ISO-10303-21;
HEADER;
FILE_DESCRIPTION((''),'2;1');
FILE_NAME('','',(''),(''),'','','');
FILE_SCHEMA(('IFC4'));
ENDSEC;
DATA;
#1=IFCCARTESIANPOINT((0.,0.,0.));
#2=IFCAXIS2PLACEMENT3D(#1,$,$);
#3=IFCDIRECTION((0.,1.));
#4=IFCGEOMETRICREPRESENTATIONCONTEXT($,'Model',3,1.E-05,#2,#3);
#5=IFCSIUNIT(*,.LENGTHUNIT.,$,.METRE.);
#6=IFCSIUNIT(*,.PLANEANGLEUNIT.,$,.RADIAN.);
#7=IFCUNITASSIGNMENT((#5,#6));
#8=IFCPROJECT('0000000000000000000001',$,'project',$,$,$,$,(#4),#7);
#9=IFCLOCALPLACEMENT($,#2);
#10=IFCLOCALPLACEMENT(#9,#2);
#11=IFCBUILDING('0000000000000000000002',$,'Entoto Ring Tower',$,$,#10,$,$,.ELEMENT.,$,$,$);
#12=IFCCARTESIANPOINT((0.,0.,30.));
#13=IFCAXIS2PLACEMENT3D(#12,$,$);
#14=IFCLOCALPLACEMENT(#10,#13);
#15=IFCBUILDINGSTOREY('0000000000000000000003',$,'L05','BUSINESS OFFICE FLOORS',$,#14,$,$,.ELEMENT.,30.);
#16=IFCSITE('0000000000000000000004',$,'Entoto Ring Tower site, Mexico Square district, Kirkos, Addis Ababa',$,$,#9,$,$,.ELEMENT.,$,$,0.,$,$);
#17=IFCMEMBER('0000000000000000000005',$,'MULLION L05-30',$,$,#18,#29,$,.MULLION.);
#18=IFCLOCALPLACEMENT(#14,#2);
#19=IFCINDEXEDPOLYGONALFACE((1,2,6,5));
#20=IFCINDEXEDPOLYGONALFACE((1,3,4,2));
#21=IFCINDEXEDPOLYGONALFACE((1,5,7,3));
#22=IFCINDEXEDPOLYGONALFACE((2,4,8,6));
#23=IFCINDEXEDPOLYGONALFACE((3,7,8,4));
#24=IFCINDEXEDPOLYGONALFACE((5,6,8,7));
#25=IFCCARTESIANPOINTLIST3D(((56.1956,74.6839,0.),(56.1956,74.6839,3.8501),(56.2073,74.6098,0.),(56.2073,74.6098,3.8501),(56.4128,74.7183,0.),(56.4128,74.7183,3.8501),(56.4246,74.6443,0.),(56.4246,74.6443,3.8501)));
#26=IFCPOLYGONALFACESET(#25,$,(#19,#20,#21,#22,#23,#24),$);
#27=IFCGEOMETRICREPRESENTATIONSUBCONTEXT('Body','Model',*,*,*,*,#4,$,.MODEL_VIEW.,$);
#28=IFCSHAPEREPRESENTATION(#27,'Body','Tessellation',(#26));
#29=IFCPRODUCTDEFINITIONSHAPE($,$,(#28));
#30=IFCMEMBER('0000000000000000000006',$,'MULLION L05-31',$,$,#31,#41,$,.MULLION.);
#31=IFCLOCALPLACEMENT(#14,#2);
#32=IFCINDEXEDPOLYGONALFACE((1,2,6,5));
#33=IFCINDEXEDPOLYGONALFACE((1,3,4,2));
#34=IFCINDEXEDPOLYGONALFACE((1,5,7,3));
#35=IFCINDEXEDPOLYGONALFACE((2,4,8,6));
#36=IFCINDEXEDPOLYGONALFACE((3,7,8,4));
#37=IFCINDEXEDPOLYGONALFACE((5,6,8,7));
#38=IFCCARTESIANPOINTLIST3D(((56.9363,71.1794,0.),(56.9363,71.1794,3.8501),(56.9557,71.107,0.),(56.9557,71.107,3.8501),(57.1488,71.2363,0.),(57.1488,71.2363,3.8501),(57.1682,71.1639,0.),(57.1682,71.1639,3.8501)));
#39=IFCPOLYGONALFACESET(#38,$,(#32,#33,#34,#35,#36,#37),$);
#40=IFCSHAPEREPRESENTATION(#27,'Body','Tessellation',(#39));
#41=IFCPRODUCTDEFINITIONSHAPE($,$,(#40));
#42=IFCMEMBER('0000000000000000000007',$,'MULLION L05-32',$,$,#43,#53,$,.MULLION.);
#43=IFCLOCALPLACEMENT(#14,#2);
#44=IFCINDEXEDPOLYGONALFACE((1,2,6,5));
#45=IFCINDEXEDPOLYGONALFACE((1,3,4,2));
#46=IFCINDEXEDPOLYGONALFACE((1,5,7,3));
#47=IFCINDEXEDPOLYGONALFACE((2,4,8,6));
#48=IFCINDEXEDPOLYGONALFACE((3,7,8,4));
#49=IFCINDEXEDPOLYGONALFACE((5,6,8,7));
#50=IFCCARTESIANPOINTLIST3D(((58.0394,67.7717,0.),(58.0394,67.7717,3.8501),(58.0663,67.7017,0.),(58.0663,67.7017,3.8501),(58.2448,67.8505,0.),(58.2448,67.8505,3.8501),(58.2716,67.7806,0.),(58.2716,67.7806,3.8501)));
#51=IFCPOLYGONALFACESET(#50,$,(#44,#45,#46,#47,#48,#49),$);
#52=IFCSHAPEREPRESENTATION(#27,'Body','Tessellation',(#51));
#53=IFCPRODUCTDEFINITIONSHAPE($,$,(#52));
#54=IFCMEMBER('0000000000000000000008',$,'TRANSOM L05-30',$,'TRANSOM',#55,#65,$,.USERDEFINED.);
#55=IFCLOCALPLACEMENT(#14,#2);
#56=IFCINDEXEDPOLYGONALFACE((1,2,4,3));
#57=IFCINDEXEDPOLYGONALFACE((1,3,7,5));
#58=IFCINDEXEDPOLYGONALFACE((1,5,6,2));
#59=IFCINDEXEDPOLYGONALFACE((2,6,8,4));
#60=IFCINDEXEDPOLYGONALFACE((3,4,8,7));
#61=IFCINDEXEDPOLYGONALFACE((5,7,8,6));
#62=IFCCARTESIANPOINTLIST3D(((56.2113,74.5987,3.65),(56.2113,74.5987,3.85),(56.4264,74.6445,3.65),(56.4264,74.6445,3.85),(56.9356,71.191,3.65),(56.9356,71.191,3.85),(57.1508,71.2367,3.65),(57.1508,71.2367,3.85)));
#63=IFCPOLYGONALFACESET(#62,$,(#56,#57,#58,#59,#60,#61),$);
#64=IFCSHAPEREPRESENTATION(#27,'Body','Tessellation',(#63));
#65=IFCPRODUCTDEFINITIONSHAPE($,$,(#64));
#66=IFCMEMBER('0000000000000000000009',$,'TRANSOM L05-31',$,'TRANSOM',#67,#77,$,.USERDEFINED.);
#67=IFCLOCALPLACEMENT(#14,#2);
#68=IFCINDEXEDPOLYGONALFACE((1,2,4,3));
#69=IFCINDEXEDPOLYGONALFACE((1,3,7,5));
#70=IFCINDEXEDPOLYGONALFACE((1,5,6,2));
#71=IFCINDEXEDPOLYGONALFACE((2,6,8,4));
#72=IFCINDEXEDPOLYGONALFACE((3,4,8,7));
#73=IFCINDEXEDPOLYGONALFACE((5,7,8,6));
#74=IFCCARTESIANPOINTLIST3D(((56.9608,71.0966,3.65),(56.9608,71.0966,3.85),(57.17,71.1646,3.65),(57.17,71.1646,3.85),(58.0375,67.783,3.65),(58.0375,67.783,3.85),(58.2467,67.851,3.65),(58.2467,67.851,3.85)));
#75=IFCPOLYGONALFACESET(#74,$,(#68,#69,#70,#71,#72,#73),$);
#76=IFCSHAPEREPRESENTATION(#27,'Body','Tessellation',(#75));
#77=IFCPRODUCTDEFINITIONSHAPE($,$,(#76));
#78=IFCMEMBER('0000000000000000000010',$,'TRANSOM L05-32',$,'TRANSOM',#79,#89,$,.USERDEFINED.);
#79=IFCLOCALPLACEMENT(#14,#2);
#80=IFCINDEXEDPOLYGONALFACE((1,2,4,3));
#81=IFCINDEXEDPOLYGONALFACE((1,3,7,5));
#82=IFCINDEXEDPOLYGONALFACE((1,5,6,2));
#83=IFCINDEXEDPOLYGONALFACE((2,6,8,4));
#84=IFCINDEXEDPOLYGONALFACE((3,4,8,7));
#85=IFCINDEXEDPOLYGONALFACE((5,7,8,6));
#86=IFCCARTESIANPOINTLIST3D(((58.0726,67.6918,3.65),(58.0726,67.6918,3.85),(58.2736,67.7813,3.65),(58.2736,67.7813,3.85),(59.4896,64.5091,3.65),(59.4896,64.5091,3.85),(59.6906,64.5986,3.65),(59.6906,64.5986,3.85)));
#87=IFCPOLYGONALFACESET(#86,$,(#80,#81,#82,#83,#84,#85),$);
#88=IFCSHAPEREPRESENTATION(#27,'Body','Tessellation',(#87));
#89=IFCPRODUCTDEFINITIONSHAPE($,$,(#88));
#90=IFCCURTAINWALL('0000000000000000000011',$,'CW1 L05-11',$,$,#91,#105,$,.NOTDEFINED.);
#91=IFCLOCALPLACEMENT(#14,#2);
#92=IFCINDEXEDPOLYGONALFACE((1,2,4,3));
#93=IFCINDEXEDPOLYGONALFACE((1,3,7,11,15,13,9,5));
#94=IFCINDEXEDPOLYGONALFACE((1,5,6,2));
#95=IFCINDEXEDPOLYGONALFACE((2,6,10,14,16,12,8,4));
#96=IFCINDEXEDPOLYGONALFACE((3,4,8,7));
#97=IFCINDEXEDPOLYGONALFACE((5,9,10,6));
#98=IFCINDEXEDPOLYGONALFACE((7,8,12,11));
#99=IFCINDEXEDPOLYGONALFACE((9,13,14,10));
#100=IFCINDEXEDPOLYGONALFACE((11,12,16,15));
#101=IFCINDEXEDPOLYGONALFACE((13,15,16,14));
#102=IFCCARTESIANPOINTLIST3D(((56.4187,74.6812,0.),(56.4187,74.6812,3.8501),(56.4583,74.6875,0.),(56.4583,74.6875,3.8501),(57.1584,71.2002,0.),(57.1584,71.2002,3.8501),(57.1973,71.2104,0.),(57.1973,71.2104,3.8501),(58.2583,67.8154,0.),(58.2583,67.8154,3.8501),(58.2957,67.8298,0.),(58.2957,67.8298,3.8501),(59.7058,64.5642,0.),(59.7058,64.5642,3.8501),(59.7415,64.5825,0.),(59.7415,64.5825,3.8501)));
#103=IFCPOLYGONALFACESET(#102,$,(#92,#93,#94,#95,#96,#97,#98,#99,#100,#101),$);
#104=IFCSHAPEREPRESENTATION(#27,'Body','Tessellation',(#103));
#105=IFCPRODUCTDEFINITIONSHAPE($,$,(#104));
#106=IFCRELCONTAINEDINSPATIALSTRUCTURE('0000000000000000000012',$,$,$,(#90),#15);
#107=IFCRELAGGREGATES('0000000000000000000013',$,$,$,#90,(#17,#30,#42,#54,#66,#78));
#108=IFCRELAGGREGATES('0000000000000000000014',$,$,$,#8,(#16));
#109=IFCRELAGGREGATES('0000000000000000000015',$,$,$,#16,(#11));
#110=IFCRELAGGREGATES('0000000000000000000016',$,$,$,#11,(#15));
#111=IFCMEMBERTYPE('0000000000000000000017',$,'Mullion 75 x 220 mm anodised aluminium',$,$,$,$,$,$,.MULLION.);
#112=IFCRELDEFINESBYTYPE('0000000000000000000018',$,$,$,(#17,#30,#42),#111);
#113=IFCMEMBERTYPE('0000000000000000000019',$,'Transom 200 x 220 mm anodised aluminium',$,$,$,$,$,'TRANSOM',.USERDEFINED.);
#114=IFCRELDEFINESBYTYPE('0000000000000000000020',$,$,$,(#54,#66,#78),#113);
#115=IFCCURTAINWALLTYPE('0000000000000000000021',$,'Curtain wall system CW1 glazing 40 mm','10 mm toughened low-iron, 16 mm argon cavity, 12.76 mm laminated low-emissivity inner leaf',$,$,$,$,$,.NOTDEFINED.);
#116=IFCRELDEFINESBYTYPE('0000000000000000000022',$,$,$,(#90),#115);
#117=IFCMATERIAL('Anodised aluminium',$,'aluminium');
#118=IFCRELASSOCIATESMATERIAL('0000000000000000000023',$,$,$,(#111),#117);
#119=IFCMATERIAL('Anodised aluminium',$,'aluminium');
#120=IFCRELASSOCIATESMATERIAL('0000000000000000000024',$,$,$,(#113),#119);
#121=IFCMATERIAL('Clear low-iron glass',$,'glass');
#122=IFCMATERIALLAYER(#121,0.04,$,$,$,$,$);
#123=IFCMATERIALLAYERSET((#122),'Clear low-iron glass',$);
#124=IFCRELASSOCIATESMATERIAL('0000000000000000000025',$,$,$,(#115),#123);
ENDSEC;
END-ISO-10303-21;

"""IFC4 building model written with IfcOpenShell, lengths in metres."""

from ifc_helpers import new_model, si_unit, direction, frame, origin, origin_2d, place, context, subcontext, project, spatial, polyline, rectangle, outline, extrude, material, layer, layer_set, material_profile, profile_set, type_object, element, aggregate, save


model = new_model("IFC4")

# Units and contexts
model_context = context("Model", 3, precision=1e-05, world=origin(), true_north=direction((0.0, 1.0)))
body_context = subcontext(model_context, "Body", "Model", "MODEL_VIEW")
ifc_project = project(units=[si_unit("LENGTHUNIT", "METRE"), si_unit("PLANEANGLEUNIT", "RADIAN")], contexts=[model_context])

# Members
ifc_material_1 = material(Name="Anodised aluminium", Category="aluminium")
ifc_material_profile_1 = material_profile(ifc_material_1, rectangle(XDim=0.075, YDim=0.22, at=origin_2d()), Name="Mullion 75 x 220 mm anodised aluminium")
ifc_profile_set_1 = profile_set([ifc_material_profile_1], Name="Anodised aluminium")
member_type_1 = type_object("IfcMemberType", Name="Mullion 75 x 220 mm anodised aluminium", PredefinedType="MULLION", material=ifc_profile_set_1)
site_placement = place(None, origin())
building_placement = place(site_placement, origin())
storey_placement = place(building_placement, frame((0.0, 0.0, 30.0)))
member_1_placement = place(storey_placement, frame((56.3101, 74.6641, 0.0), z_axis=(0.0, 0.0, 1.0), x_axis=(0.156434, -0.987688, 0.0)))
member_1 = element("IfcMember", 1, at=member_1_placement, type_object=member_type_1, Name="MULLION L05-30", PredefinedType="MULLION", context=body_context, shape_type="SweptSolid", body=[
    extrude(rectangle(XDim=0.075, YDim=0.22, at=origin_2d()), origin(), (0.0, 0.0, 1.0), 3.8501),
])
member_2_placement = place(storey_placement, frame((57.0522, 71.1716, 0.0), z_axis=(0.0, 0.0, 1.0), x_axis=(0.258819, -0.965926, 0.0)))
member_2 = element("IfcMember", 2, at=member_2_placement, type_object=member_type_1, Name="MULLION L05-31", PredefinedType="MULLION", context=body_context, shape_type="SweptSolid", body=[
    extrude(rectangle(XDim=0.075, YDim=0.22, at=origin_2d()), origin(), (0.0, 0.0, 1.0), 3.8501),
])
member_3_placement = place(storey_placement, frame((58.1555, 67.7761, 0.0), z_axis=(0.0, 0.0, 1.0), x_axis=(0.358368, -0.93358, 0.0)))
member_3 = element("IfcMember", 3, at=member_3_placement, type_object=member_type_1, Name="MULLION L05-32", PredefinedType="MULLION", context=body_context, shape_type="SweptSolid", body=[
    extrude(rectangle(XDim=0.075, YDim=0.22, at=origin_2d()), origin(), (0.0, 0.0, 1.0), 3.8501),
])
ifc_material_2 = material(Name="Anodised aluminium", Category="aluminium")
ifc_material_profile_2 = material_profile(ifc_material_2, rectangle(XDim=0.22, YDim=0.2, at=origin_2d()), Name="Transom 200 x 220 mm anodised aluminium")
ifc_profile_set_2 = profile_set([ifc_material_profile_2], Name="Anodised aluminium")
member_type_2 = type_object("IfcMemberType", Name="Transom 200 x 220 mm anodised aluminium", ElementType="TRANSOM", PredefinedType="USERDEFINED", material=ifc_profile_set_2)
member_4_placement = place(storey_placement, frame((56.3188, 74.6216, 3.75), z_axis=(0.207921, -0.978146, 0.0), x_axis=(0.978146, 0.207921, 0.0)))
member_4 = element("IfcMember", 4, at=member_4_placement, type_object=member_type_2, Name="TRANSOM L05-30", ObjectType="TRANSOM", PredefinedType="USERDEFINED", context=body_context, shape_type="SweptSolid", body=[
    extrude(rectangle(XDim=0.22, YDim=0.2, at=origin_2d()), origin(), (0.0, 0.0, 1.0), 3.4839),
])
member_5_placement = place(storey_placement, frame((57.0654, 71.1306, 3.75), z_axis=(0.309029, -0.951053, 0.0), x_axis=(0.951053, 0.309029, 0.0)))
member_5 = element("IfcMember", 5, at=member_5_placement, type_object=member_type_2, Name="TRANSOM L05-31", ObjectType="TRANSOM", PredefinedType="USERDEFINED", context=body_context, shape_type="SweptSolid", body=[
    extrude(rectangle(XDim=0.22, YDim=0.2, at=origin_2d()), origin(), (0.0, 0.0, 1.0), 3.4841),
])
member_6_placement = place(storey_placement, frame((58.1731, 67.7366, 3.75), z_axis=(0.406737, -0.913545, 0.0), x_axis=(0.913545, 0.406737, 0.0)))
member_6 = element("IfcMember", 6, at=member_6_placement, type_object=member_type_2, Name="TRANSOM L05-32", ObjectType="TRANSOM", PredefinedType="USERDEFINED", context=body_context, shape_type="SweptSolid", body=[
    extrude(rectangle(XDim=0.22, YDim=0.2, at=origin_2d()), origin(), (0.0, 0.0, 1.0), 3.4839),
])

# Site, building, storey
site = spatial("IfcSite", under=ifc_project, at=site_placement, Name="Entoto Ring Tower site, Mexico Square district, Kirkos, Addis Ababa", CompositionType="ELEMENT", RefElevation=0.0)
building = spatial("IfcBuilding", under=site, at=building_placement, Name="Entoto Ring Tower", CompositionType="ELEMENT")
storey = spatial("IfcBuildingStorey", under=building, at=storey_placement, Name="L05", Description="BUSINESS OFFICE FLOORS", CompositionType="ELEMENT", Elevation=30.0)

# Curtain wall
ifc_material_3 = material(Name="Clear low-iron glass", Category="glass")
ifc_layer = layer(ifc_material_3, 0.04)
ifc_layer_set = layer_set([ifc_layer], Name="Clear low-iron glass")
curtain_wall_type = type_object("IfcCurtainWallType", Name="Curtain wall system CW1 glazing 40 mm", Description="10 mm toughened low-iron, 16 mm argon cavity, 12.76 mm laminated low-emissivity inner leaf", PredefinedType="NOTDEFINED", material=ifc_layer_set)
curtain_wall_1_placement = place(storey_placement, origin())
curtain_wall_1 = element("IfcCurtainWall", 7, at=curtain_wall_1_placement, inside=storey, type_object=curtain_wall_type, Name="CW1 L05-11", PredefinedType="NOTDEFINED", context=body_context, shape_type="SweptSolid", body=[
    extrude(outline(polyline([(56.4187, 74.6812), (57.1584, 71.2002), (58.2583, 67.8154), (59.7058, 64.5642), (59.7415, 64.5825), (58.2957, 67.8298), (57.1973, 71.2104), (56.4583, 74.6875), (56.4187, 74.6812)])), origin(), (0.0, 0.0, 1.0), 3.8501),
])
aggregate(curtain_wall_1, [member_1, member_2, member_3, member_4, member_5, member_6])

save(model, "model.ifc")
